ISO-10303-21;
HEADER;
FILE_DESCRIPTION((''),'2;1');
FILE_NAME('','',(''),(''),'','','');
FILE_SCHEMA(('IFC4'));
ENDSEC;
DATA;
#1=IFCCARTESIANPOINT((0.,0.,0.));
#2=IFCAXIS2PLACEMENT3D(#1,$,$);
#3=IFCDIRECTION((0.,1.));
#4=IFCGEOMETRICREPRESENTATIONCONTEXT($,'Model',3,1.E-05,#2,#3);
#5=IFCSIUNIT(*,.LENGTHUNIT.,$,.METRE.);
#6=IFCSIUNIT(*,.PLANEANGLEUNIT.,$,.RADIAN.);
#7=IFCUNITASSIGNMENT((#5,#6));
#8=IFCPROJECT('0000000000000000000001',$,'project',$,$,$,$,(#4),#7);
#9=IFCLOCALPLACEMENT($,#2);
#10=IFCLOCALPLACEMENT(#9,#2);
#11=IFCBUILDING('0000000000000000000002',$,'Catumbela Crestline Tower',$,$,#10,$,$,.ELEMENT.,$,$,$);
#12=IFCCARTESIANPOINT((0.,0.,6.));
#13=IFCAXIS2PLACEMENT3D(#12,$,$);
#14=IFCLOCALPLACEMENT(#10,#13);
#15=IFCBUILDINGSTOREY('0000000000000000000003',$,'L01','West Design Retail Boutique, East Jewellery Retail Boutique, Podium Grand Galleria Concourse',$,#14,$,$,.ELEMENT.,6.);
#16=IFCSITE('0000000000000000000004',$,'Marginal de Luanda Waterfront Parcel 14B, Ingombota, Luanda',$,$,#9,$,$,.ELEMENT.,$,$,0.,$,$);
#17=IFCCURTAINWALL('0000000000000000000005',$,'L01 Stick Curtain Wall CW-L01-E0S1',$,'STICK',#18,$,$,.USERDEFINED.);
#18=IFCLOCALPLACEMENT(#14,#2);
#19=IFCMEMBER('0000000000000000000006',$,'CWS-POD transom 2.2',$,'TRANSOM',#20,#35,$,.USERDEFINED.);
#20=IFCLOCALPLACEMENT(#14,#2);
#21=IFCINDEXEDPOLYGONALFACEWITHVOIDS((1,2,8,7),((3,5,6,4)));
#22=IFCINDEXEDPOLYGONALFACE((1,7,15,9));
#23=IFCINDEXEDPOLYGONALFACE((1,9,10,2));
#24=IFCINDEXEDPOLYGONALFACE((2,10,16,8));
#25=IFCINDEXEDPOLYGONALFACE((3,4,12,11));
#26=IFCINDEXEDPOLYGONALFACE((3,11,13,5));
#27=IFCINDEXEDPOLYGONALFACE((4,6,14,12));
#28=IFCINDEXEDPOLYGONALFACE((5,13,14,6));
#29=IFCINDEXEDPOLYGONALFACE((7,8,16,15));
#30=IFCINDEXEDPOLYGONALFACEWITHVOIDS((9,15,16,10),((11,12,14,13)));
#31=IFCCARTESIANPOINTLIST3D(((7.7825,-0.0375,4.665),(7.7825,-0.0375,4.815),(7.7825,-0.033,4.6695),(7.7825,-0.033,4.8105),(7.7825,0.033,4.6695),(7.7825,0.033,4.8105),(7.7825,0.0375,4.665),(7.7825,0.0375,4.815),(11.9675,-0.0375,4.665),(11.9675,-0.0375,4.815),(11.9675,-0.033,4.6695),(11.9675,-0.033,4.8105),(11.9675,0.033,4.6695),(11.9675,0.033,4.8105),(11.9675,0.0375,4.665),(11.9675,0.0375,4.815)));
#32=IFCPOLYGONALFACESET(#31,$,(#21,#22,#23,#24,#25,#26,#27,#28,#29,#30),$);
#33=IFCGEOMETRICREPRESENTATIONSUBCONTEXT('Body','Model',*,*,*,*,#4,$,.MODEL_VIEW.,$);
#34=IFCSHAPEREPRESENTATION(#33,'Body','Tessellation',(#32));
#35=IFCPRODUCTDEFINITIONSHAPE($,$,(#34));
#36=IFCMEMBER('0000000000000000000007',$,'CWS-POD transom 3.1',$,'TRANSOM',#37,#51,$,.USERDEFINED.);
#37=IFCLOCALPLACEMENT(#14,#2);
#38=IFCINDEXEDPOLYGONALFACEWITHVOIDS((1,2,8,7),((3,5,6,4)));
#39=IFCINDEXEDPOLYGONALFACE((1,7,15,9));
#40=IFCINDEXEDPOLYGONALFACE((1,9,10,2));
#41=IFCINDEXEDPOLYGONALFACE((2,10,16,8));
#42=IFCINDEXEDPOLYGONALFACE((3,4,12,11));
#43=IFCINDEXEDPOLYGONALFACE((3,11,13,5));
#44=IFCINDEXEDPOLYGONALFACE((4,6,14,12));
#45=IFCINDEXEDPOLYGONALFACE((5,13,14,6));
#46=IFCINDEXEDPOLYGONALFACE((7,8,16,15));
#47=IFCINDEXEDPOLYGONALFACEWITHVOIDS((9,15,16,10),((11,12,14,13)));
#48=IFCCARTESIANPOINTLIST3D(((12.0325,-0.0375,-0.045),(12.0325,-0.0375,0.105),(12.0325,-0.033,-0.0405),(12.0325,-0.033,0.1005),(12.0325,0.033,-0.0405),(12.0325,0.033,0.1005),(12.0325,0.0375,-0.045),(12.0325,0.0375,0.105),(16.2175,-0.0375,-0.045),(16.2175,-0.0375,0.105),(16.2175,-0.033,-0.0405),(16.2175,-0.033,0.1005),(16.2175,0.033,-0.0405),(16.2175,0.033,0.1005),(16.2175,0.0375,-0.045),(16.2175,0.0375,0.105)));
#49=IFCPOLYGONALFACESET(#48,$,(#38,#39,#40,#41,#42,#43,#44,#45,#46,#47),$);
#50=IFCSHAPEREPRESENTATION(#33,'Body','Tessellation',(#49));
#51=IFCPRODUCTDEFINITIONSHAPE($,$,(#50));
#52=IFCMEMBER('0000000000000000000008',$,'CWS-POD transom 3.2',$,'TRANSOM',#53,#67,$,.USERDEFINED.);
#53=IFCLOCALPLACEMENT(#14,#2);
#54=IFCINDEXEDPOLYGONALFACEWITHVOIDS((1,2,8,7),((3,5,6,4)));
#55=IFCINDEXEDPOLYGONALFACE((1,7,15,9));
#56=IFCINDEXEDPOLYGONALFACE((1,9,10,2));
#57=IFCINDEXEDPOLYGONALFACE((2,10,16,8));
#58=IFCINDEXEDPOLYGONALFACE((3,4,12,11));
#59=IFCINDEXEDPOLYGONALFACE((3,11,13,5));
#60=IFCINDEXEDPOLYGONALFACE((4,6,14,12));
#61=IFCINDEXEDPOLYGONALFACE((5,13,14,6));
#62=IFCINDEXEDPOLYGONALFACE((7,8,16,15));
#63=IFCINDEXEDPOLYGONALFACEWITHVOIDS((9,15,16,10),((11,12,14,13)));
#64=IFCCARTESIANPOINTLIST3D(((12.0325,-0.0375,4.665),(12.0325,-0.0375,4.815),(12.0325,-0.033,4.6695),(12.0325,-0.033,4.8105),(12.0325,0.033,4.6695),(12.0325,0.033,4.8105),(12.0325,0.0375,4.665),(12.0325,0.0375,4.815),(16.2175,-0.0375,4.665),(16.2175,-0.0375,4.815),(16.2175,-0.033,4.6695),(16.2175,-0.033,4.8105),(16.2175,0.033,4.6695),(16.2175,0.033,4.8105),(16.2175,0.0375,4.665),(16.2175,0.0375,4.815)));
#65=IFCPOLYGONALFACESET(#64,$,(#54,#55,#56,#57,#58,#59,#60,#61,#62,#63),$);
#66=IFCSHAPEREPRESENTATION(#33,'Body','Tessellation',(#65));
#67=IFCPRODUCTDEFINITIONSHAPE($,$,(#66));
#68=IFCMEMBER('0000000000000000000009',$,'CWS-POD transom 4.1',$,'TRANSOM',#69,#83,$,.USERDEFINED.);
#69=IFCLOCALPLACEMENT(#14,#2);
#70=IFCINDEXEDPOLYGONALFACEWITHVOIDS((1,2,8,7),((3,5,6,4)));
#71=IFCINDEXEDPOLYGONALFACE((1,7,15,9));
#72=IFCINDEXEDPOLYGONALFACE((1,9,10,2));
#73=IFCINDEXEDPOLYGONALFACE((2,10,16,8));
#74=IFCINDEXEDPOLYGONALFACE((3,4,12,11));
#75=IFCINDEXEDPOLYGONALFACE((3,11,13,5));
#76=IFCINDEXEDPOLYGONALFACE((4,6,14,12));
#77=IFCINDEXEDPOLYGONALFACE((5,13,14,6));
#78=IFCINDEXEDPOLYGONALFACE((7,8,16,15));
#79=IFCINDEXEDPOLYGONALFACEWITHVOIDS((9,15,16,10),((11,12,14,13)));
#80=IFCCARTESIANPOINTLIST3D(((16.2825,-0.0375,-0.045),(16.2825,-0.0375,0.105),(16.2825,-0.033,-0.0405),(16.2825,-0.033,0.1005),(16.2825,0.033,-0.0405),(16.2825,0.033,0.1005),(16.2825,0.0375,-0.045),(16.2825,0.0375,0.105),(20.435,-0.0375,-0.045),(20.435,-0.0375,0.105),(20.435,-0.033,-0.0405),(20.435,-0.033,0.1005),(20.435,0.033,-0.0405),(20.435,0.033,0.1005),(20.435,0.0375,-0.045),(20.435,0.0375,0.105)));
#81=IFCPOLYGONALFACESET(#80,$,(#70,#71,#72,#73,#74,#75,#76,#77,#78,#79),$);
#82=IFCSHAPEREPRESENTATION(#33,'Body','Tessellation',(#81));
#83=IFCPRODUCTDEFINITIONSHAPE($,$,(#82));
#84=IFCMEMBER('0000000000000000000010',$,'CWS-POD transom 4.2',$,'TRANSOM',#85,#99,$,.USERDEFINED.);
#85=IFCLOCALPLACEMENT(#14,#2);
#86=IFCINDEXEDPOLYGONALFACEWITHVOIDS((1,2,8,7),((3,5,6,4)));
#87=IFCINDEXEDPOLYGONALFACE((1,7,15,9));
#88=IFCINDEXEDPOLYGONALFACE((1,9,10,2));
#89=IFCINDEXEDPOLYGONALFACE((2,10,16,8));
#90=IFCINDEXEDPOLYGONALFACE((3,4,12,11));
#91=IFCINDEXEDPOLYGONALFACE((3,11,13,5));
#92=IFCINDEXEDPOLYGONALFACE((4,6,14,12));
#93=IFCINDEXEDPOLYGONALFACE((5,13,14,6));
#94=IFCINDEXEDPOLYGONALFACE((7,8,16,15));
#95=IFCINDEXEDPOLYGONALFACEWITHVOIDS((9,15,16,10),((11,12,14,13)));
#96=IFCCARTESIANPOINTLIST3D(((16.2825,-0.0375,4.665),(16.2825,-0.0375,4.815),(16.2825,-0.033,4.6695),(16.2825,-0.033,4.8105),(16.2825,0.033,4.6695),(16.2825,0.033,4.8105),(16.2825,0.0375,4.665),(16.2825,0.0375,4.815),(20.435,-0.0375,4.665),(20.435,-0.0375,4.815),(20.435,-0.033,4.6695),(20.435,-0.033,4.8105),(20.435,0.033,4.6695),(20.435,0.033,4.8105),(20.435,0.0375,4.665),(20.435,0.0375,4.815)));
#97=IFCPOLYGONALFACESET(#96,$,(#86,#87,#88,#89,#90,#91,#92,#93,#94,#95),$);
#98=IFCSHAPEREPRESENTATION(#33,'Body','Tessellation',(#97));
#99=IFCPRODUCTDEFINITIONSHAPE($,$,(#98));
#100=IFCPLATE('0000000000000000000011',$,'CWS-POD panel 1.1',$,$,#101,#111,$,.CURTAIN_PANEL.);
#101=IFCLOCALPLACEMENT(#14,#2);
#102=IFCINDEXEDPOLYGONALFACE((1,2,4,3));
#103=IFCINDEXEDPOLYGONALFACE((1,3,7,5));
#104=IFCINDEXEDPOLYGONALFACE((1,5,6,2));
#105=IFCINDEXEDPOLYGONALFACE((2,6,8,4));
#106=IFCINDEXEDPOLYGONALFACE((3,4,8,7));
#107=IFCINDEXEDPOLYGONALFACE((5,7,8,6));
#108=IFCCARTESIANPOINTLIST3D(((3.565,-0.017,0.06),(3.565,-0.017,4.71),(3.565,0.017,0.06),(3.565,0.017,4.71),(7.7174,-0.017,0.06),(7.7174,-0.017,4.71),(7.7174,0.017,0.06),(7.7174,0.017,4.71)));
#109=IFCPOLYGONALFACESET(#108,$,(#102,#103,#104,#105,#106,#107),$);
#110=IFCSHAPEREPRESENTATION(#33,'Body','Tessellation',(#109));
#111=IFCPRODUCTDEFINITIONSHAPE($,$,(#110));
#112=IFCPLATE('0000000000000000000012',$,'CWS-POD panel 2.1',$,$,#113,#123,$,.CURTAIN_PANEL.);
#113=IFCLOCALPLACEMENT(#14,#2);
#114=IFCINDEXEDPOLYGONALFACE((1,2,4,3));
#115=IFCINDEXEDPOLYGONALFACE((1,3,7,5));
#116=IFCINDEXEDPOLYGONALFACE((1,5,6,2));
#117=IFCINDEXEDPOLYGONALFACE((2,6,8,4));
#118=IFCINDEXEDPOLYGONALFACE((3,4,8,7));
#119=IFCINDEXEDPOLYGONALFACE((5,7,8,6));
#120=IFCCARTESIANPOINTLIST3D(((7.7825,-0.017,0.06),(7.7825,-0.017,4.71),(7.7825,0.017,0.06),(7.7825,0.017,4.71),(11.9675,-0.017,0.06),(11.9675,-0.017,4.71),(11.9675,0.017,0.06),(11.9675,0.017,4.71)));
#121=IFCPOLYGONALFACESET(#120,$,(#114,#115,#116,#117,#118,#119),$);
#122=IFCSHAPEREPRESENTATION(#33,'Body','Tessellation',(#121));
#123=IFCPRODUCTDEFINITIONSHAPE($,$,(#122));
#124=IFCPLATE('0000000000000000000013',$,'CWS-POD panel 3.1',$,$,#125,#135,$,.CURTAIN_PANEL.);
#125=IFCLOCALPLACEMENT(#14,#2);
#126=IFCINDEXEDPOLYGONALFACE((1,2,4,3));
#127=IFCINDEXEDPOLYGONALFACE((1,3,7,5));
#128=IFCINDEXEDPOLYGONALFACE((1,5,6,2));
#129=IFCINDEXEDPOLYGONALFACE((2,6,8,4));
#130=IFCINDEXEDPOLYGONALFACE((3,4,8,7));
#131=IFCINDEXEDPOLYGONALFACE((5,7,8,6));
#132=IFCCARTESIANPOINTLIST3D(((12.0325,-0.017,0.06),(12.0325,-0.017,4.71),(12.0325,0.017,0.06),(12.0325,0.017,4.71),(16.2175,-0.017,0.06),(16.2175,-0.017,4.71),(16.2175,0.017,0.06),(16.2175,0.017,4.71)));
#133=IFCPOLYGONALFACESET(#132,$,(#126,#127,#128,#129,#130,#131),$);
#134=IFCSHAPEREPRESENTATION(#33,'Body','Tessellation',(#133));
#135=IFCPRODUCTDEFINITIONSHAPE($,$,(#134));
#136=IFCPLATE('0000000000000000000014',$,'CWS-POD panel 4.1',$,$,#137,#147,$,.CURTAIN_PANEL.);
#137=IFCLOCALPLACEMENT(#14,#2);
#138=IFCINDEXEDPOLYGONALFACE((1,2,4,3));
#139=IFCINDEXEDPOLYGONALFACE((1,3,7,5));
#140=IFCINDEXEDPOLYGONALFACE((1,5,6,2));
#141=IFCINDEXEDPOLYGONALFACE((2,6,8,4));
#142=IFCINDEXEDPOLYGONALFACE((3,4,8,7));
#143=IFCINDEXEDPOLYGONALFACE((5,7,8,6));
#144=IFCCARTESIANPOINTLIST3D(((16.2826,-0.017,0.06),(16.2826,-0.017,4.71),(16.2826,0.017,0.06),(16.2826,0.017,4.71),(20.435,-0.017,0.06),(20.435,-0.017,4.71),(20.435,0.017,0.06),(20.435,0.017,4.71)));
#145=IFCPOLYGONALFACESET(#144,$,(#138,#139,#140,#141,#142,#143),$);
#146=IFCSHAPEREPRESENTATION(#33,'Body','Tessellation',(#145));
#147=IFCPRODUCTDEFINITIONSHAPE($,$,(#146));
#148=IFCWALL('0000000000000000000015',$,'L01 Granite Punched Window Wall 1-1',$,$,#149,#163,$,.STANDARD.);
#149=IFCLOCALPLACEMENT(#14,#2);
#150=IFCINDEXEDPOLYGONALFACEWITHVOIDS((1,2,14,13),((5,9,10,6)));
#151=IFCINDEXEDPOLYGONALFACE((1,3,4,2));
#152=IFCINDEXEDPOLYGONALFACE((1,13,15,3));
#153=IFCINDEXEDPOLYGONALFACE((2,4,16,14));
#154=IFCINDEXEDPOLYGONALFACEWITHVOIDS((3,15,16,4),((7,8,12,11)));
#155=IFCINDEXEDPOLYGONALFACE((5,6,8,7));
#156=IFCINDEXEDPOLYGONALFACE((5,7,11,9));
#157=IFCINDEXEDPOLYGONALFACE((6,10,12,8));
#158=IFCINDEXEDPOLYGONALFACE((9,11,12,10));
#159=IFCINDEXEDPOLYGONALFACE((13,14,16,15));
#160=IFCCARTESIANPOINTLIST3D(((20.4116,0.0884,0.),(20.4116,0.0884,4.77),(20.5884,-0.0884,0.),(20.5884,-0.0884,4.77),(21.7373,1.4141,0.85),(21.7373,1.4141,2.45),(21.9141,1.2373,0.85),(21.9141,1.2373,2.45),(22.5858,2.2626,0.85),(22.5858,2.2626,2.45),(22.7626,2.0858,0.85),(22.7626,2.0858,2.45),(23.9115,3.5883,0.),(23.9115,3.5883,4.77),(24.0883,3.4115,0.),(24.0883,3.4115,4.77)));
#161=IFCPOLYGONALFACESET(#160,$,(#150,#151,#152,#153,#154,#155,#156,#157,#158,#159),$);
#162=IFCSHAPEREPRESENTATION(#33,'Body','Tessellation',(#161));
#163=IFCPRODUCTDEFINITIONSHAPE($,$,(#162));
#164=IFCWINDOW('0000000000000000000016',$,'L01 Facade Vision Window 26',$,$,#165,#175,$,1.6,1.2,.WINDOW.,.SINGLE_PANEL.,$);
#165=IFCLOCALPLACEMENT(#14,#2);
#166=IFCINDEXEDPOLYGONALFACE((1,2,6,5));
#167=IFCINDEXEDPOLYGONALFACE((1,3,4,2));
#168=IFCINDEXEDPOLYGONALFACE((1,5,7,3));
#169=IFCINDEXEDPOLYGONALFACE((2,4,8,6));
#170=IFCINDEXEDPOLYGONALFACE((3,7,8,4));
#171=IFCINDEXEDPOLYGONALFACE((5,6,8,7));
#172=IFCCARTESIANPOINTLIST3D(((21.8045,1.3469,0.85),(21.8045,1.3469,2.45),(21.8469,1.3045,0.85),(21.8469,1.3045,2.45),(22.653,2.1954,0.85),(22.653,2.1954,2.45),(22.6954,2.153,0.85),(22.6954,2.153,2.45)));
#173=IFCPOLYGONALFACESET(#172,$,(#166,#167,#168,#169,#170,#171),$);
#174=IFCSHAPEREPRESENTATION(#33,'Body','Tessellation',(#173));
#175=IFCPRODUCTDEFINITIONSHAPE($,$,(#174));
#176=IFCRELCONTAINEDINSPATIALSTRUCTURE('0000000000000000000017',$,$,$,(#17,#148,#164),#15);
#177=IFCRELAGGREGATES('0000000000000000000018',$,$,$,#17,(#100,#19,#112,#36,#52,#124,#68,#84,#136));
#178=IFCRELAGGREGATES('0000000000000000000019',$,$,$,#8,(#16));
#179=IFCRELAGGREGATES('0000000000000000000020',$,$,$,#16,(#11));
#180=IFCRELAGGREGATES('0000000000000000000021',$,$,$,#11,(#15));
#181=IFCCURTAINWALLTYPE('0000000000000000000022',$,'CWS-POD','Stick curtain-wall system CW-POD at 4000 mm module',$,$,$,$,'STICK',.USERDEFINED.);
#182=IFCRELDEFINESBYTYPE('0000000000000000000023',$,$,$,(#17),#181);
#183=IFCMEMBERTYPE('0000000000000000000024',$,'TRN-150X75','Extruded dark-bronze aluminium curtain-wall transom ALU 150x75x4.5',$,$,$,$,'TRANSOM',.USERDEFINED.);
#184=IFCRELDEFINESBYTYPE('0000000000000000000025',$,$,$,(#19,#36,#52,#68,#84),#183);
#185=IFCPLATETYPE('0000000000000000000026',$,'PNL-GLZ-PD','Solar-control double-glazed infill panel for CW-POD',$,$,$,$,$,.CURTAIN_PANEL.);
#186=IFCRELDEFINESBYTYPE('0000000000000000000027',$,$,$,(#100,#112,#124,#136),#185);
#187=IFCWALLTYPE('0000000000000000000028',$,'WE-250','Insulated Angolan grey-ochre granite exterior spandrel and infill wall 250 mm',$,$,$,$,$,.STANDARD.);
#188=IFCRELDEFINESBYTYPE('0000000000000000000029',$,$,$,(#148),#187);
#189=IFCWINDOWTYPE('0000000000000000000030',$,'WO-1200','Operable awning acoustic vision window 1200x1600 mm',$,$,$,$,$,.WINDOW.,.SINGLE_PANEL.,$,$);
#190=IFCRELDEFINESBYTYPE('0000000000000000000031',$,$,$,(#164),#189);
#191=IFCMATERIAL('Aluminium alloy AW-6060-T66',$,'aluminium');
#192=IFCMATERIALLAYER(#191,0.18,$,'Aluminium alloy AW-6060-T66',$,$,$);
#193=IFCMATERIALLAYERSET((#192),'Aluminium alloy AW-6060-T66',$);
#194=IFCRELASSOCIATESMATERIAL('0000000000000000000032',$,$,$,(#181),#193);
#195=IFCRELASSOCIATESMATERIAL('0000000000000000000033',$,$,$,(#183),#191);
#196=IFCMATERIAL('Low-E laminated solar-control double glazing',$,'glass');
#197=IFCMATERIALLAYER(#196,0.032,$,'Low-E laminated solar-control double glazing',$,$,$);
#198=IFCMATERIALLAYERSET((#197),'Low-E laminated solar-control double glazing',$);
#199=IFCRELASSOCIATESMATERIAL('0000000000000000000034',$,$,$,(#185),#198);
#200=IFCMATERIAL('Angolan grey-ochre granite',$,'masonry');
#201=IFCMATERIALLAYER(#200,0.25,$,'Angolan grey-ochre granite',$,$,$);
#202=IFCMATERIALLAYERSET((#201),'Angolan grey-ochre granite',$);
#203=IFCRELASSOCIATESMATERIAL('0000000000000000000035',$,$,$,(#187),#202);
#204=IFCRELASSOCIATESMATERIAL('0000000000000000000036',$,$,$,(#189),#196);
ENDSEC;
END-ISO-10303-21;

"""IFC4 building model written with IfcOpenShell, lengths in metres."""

from ifc_helpers import new_model, si_unit, direction, frame, frame_2d, origin, origin_2d, place, context, subcontext, project, spatial, rectangle, hollow_rectangle, extrude, material, layer, layer_set, material_profile, profile_set, type_object, element, fill, aggregate, save


model = new_model("IFC4")

# Units and contexts
model_context = context("Model", 3, precision=1e-05, world=origin(), true_north=direction((0.0, 1.0)))
body_context = subcontext(model_context, "Body", "Model", "MODEL_VIEW")
ifc_project = project(units=[si_unit("LENGTHUNIT", "METRE"), si_unit("PLANEANGLEUNIT", "RADIAN")], contexts=[model_context])

# Site, building, storey
site_placement = place(None, origin())
site = spatial("IfcSite", under=ifc_project, at=site_placement, Name="Marginal de Luanda Waterfront Parcel 14B, Ingombota, Luanda", CompositionType="ELEMENT", RefElevation=0.0)
building_placement = place(site_placement, origin())
building = spatial("IfcBuilding", under=site, at=building_placement, Name="Catumbela Crestline Tower", CompositionType="ELEMENT")
storey_placement = place(building_placement, frame((0.0, 0.0, 6.0)))
storey = spatial("IfcBuildingStorey", under=building, at=storey_placement, Name="L01", Description="West Design Retail Boutique, East Jewellery Retail Boutique, Podium Grand Galleria Concourse", CompositionType="ELEMENT", Elevation=6.0)

# Curtain wall
ifc_material_1 = material(Name="Aluminium alloy AW-6060-T66", Category="aluminium")
ifc_layer_1 = layer(ifc_material_1, 0.18, Name="Aluminium alloy AW-6060-T66")
ifc_layer_set_1 = layer_set([ifc_layer_1], Name="Aluminium alloy AW-6060-T66")
curtain_wall_type = type_object("IfcCurtainWallType", Name="CWS-POD", Description="Stick curtain-wall system CW-POD at 4000 mm module", ElementType="STICK", PredefinedType="USERDEFINED", material=ifc_layer_set_1)
curtain_wall_1_placement = place(storey_placement, origin())
curtain_wall_1 = element("IfcCurtainWall", 1, at=curtain_wall_1_placement, inside=storey, type_object=curtain_wall_type, Name="L01 Stick Curtain Wall CW-L01-E0S1", ObjectType="STICK", PredefinedType="USERDEFINED")

# Members
ifc_material_profile_1 = material_profile(ifc_material_1, hollow_rectangle(XDim=0.075, YDim=0.15, WallThickness=0.0045, at=origin_2d()), Name="ALU 150x75x4.5")
ifc_profile_set_1 = profile_set([ifc_material_profile_1], Name="Aluminium alloy AW-6060-T66")
member_type_1 = type_object("IfcMemberType", Name="TRN-150X75", Description="Extruded dark-bronze aluminium curtain-wall transom ALU 150x75x4.5", ElementType="TRANSOM", PredefinedType="USERDEFINED", material=ifc_profile_set_1)
member_1_placement = place(storey_placement, frame((7.7825, 0.0, 4.74), z_axis=(1.0, 0.0, 0.0), x_axis=(0.0, 1.0, 0.0)))
member_1 = element("IfcMember", 2, at=member_1_placement, type_object=member_type_1, Name="CWS-POD transom 2.2", ObjectType="TRANSOM", PredefinedType="USERDEFINED", context=body_context, shape_type="SweptSolid", body=[
    extrude(hollow_rectangle(XDim=0.075, YDim=0.15, WallThickness=0.0045, at=origin_2d()), origin(), (0.0, 0.0, 1.0), 4.185),
])
member_2_placement = place(storey_placement, frame((12.0325, 0.0, 0.03), z_axis=(1.0, 0.0, 0.0), x_axis=(0.0, 1.0, 0.0)))
member_2 = element("IfcMember", 3, at=member_2_placement, type_object=member_type_1, Name="CWS-POD transom 3.1", ObjectType="TRANSOM", PredefinedType="USERDEFINED", context=body_context, shape_type="SweptSolid", body=[
    extrude(hollow_rectangle(XDim=0.075, YDim=0.15, WallThickness=0.0045, at=origin_2d()), origin(), (0.0, 0.0, 1.0), 4.185),
])
member_3_placement = place(storey_placement, frame((12.0325, 0.0, 4.74), z_axis=(1.0, 0.0, 0.0), x_axis=(0.0, 1.0, 0.0)))
member_3 = element("IfcMember", 4, at=member_3_placement, type_object=member_type_1, Name="CWS-POD transom 3.2", ObjectType="TRANSOM", PredefinedType="USERDEFINED", context=body_context, shape_type="SweptSolid", body=[
    extrude(hollow_rectangle(XDim=0.075, YDim=0.15, WallThickness=0.0045, at=origin_2d()), origin(), (0.0, 0.0, 1.0), 4.185),
])
member_4_placement = place(storey_placement, frame((16.2825, 0.0, 0.03), z_axis=(1.0, 0.0, 0.0), x_axis=(0.0, 1.0, 0.0)))
member_4 = element("IfcMember", 5, at=member_4_placement, type_object=member_type_1, Name="CWS-POD transom 4.1", ObjectType="TRANSOM", PredefinedType="USERDEFINED", context=body_context, shape_type="SweptSolid", body=[
    extrude(hollow_rectangle(XDim=0.075, YDim=0.15, WallThickness=0.0045, at=origin_2d()), origin(), (0.0, 0.0, 1.0), 4.1525),
])
member_5_placement = place(storey_placement, frame((16.2825, 0.0, 4.74), z_axis=(1.0, 0.0, 0.0), x_axis=(0.0, 1.0, 0.0)))
member_5 = element("IfcMember", 6, at=member_5_placement, type_object=member_type_1, Name="CWS-POD transom 4.2", ObjectType="TRANSOM", PredefinedType="USERDEFINED", context=body_context, shape_type="SweptSolid", body=[
    extrude(hollow_rectangle(XDim=0.075, YDim=0.15, WallThickness=0.0045, at=origin_2d()), origin(), (0.0, 0.0, 1.0), 4.1525),
])

# Plates
ifc_material_2 = material(Name="Low-E laminated solar-control double glazing", Category="glass")
ifc_layer_2 = layer(ifc_material_2, 0.032, Name="Low-E laminated solar-control double glazing")
ifc_layer_set_2 = layer_set([ifc_layer_2], Name="Low-E laminated solar-control double glazing")
plate_type = type_object("IfcPlateType", Name="PNL-GLZ-PD", Description="Solar-control double-glazed infill panel for CW-POD", PredefinedType="CURTAIN_PANEL", material=ifc_layer_set_2)
plate_1_placement = place(storey_placement, frame((5.6412, 0.0, 0.06), z_axis=(0.0, 0.0, 1.0), x_axis=(1.0, 0.0, 0.0)))
plate_1 = element("IfcPlate", 7, at=plate_1_placement, type_object=plate_type, Name="CWS-POD panel 1.1", PredefinedType="CURTAIN_PANEL", context=body_context, shape_type="SweptSolid", body=[
    extrude(rectangle(XDim=4.1525, YDim=0.034, at=origin_2d()), origin(), (0.0, 0.0, 1.0), 4.65),
])
plate_2_placement = place(storey_placement, frame((9.875, 0.0, 0.06), z_axis=(0.0, 0.0, 1.0), x_axis=(1.0, 0.0, 0.0)))
plate_2 = element("IfcPlate", 8, at=plate_2_placement, type_object=plate_type, Name="CWS-POD panel 2.1", PredefinedType="CURTAIN_PANEL", context=body_context, shape_type="SweptSolid", body=[
    extrude(rectangle(XDim=4.185, YDim=0.034, at=origin_2d()), origin(), (0.0, 0.0, 1.0), 4.65),
])
plate_3_placement = place(storey_placement, frame((14.125, 0.0, 0.06), z_axis=(0.0, 0.0, 1.0), x_axis=(1.0, 0.0, 0.0)))
plate_3 = element("IfcPlate", 9, at=plate_3_placement, type_object=plate_type, Name="CWS-POD panel 3.1", PredefinedType="CURTAIN_PANEL", context=body_context, shape_type="SweptSolid", body=[
    extrude(rectangle(XDim=4.185, YDim=0.034, at=origin_2d()), origin(), (0.0, 0.0, 1.0), 4.65),
])
plate_4_placement = place(storey_placement, frame((18.3588, 0.0, 0.06), z_axis=(0.0, 0.0, 1.0), x_axis=(1.0, 0.0, 0.0)))
plate_4 = element("IfcPlate", 10, at=plate_4_placement, type_object=plate_type, Name="CWS-POD panel 4.1", PredefinedType="CURTAIN_PANEL", context=body_context, shape_type="SweptSolid", body=[
    extrude(rectangle(XDim=4.1525, YDim=0.034, at=origin_2d()), origin(), (0.0, 0.0, 1.0), 4.65),
])
aggregate(curtain_wall_1, [plate_1, member_1, plate_2, member_2, member_3, plate_3, member_4, member_5, plate_4])

# Wall, opening, window
ifc_material_3 = material(Name="Angolan grey-ochre granite", Category="masonry")
ifc_layer_3 = layer(ifc_material_3, 0.25, Name="Angolan grey-ochre granite")
ifc_layer_set_3 = layer_set([ifc_layer_3], Name="Angolan grey-ochre granite")
wall_type = type_object("IfcWallType", Name="WE-250", Description="Insulated Angolan grey-ochre granite exterior spandrel and infill wall 250 mm", PredefinedType="STANDARD", material=ifc_layer_set_3)
wall_1_placement = place(storey_placement, frame((20.5, 0.0, 0.0), z_axis=(0.0, 0.0, 1.0), x_axis=(0.707107, 0.707107, 0.0)))
wall_1 = element("IfcWall", 11, at=wall_1_placement, inside=storey, type_object=wall_type, Name="L01 Granite Punched Window Wall 1-1", PredefinedType="STANDARD", context=body_context, shape_type="SweptSolid", body=[
    extrude(rectangle(XDim=4.9497, YDim=0.25, at=frame_2d((2.4748, 0.0))), origin(), (0.0, 0.0, 1.0), 4.77),
])
opening_1_placement = place(wall_1_placement, frame((1.8748, 0.0, 0.85)))
opening_1 = element("IfcOpeningElement", 12, at=opening_1_placement, cuts=wall_1, PredefinedType="OPENING", context=body_context, shape_type="SweptSolid", body=[
    extrude(rectangle(XDim=1.2, YDim=1.6, at=frame_2d((0.6, 0.8))), frame((0.0, 0.135, 0.0), z_axis=(0.0, -1.0, 0.0), x_axis=(1.0, 0.0, 0.0)), (0.0, 0.0, 1.0), 0.27),
])
window_type = type_object("IfcWindowType", Name="WO-1200", Description="Operable awning acoustic vision window 1200x1600 mm", PartitioningType="SINGLE_PANEL", PredefinedType="WINDOW", material=ifc_material_2)
window_1_placement = place(opening_1_placement, origin())
window_1 = element("IfcWindow", 13, at=window_1_placement, inside=storey, type_object=window_type, Name="L01 Facade Vision Window 26", OverallHeight=1.6, OverallWidth=1.2, PartitioningType="SINGLE_PANEL", PredefinedType="WINDOW", context=body_context, shape_type="SweptSolid", body=[
    extrude(rectangle(XDim=1.2, YDim=1.6, at=frame_2d((0.6, 0.8))), frame((0.0, 0.03, 0.0), z_axis=(0.0, -1.0, 0.0), x_axis=(1.0, 0.0, 0.0)), (0.0, 0.0, 1.0), 0.06),
])
fill(opening_1, window_1)

save(model, "model.ifc")
